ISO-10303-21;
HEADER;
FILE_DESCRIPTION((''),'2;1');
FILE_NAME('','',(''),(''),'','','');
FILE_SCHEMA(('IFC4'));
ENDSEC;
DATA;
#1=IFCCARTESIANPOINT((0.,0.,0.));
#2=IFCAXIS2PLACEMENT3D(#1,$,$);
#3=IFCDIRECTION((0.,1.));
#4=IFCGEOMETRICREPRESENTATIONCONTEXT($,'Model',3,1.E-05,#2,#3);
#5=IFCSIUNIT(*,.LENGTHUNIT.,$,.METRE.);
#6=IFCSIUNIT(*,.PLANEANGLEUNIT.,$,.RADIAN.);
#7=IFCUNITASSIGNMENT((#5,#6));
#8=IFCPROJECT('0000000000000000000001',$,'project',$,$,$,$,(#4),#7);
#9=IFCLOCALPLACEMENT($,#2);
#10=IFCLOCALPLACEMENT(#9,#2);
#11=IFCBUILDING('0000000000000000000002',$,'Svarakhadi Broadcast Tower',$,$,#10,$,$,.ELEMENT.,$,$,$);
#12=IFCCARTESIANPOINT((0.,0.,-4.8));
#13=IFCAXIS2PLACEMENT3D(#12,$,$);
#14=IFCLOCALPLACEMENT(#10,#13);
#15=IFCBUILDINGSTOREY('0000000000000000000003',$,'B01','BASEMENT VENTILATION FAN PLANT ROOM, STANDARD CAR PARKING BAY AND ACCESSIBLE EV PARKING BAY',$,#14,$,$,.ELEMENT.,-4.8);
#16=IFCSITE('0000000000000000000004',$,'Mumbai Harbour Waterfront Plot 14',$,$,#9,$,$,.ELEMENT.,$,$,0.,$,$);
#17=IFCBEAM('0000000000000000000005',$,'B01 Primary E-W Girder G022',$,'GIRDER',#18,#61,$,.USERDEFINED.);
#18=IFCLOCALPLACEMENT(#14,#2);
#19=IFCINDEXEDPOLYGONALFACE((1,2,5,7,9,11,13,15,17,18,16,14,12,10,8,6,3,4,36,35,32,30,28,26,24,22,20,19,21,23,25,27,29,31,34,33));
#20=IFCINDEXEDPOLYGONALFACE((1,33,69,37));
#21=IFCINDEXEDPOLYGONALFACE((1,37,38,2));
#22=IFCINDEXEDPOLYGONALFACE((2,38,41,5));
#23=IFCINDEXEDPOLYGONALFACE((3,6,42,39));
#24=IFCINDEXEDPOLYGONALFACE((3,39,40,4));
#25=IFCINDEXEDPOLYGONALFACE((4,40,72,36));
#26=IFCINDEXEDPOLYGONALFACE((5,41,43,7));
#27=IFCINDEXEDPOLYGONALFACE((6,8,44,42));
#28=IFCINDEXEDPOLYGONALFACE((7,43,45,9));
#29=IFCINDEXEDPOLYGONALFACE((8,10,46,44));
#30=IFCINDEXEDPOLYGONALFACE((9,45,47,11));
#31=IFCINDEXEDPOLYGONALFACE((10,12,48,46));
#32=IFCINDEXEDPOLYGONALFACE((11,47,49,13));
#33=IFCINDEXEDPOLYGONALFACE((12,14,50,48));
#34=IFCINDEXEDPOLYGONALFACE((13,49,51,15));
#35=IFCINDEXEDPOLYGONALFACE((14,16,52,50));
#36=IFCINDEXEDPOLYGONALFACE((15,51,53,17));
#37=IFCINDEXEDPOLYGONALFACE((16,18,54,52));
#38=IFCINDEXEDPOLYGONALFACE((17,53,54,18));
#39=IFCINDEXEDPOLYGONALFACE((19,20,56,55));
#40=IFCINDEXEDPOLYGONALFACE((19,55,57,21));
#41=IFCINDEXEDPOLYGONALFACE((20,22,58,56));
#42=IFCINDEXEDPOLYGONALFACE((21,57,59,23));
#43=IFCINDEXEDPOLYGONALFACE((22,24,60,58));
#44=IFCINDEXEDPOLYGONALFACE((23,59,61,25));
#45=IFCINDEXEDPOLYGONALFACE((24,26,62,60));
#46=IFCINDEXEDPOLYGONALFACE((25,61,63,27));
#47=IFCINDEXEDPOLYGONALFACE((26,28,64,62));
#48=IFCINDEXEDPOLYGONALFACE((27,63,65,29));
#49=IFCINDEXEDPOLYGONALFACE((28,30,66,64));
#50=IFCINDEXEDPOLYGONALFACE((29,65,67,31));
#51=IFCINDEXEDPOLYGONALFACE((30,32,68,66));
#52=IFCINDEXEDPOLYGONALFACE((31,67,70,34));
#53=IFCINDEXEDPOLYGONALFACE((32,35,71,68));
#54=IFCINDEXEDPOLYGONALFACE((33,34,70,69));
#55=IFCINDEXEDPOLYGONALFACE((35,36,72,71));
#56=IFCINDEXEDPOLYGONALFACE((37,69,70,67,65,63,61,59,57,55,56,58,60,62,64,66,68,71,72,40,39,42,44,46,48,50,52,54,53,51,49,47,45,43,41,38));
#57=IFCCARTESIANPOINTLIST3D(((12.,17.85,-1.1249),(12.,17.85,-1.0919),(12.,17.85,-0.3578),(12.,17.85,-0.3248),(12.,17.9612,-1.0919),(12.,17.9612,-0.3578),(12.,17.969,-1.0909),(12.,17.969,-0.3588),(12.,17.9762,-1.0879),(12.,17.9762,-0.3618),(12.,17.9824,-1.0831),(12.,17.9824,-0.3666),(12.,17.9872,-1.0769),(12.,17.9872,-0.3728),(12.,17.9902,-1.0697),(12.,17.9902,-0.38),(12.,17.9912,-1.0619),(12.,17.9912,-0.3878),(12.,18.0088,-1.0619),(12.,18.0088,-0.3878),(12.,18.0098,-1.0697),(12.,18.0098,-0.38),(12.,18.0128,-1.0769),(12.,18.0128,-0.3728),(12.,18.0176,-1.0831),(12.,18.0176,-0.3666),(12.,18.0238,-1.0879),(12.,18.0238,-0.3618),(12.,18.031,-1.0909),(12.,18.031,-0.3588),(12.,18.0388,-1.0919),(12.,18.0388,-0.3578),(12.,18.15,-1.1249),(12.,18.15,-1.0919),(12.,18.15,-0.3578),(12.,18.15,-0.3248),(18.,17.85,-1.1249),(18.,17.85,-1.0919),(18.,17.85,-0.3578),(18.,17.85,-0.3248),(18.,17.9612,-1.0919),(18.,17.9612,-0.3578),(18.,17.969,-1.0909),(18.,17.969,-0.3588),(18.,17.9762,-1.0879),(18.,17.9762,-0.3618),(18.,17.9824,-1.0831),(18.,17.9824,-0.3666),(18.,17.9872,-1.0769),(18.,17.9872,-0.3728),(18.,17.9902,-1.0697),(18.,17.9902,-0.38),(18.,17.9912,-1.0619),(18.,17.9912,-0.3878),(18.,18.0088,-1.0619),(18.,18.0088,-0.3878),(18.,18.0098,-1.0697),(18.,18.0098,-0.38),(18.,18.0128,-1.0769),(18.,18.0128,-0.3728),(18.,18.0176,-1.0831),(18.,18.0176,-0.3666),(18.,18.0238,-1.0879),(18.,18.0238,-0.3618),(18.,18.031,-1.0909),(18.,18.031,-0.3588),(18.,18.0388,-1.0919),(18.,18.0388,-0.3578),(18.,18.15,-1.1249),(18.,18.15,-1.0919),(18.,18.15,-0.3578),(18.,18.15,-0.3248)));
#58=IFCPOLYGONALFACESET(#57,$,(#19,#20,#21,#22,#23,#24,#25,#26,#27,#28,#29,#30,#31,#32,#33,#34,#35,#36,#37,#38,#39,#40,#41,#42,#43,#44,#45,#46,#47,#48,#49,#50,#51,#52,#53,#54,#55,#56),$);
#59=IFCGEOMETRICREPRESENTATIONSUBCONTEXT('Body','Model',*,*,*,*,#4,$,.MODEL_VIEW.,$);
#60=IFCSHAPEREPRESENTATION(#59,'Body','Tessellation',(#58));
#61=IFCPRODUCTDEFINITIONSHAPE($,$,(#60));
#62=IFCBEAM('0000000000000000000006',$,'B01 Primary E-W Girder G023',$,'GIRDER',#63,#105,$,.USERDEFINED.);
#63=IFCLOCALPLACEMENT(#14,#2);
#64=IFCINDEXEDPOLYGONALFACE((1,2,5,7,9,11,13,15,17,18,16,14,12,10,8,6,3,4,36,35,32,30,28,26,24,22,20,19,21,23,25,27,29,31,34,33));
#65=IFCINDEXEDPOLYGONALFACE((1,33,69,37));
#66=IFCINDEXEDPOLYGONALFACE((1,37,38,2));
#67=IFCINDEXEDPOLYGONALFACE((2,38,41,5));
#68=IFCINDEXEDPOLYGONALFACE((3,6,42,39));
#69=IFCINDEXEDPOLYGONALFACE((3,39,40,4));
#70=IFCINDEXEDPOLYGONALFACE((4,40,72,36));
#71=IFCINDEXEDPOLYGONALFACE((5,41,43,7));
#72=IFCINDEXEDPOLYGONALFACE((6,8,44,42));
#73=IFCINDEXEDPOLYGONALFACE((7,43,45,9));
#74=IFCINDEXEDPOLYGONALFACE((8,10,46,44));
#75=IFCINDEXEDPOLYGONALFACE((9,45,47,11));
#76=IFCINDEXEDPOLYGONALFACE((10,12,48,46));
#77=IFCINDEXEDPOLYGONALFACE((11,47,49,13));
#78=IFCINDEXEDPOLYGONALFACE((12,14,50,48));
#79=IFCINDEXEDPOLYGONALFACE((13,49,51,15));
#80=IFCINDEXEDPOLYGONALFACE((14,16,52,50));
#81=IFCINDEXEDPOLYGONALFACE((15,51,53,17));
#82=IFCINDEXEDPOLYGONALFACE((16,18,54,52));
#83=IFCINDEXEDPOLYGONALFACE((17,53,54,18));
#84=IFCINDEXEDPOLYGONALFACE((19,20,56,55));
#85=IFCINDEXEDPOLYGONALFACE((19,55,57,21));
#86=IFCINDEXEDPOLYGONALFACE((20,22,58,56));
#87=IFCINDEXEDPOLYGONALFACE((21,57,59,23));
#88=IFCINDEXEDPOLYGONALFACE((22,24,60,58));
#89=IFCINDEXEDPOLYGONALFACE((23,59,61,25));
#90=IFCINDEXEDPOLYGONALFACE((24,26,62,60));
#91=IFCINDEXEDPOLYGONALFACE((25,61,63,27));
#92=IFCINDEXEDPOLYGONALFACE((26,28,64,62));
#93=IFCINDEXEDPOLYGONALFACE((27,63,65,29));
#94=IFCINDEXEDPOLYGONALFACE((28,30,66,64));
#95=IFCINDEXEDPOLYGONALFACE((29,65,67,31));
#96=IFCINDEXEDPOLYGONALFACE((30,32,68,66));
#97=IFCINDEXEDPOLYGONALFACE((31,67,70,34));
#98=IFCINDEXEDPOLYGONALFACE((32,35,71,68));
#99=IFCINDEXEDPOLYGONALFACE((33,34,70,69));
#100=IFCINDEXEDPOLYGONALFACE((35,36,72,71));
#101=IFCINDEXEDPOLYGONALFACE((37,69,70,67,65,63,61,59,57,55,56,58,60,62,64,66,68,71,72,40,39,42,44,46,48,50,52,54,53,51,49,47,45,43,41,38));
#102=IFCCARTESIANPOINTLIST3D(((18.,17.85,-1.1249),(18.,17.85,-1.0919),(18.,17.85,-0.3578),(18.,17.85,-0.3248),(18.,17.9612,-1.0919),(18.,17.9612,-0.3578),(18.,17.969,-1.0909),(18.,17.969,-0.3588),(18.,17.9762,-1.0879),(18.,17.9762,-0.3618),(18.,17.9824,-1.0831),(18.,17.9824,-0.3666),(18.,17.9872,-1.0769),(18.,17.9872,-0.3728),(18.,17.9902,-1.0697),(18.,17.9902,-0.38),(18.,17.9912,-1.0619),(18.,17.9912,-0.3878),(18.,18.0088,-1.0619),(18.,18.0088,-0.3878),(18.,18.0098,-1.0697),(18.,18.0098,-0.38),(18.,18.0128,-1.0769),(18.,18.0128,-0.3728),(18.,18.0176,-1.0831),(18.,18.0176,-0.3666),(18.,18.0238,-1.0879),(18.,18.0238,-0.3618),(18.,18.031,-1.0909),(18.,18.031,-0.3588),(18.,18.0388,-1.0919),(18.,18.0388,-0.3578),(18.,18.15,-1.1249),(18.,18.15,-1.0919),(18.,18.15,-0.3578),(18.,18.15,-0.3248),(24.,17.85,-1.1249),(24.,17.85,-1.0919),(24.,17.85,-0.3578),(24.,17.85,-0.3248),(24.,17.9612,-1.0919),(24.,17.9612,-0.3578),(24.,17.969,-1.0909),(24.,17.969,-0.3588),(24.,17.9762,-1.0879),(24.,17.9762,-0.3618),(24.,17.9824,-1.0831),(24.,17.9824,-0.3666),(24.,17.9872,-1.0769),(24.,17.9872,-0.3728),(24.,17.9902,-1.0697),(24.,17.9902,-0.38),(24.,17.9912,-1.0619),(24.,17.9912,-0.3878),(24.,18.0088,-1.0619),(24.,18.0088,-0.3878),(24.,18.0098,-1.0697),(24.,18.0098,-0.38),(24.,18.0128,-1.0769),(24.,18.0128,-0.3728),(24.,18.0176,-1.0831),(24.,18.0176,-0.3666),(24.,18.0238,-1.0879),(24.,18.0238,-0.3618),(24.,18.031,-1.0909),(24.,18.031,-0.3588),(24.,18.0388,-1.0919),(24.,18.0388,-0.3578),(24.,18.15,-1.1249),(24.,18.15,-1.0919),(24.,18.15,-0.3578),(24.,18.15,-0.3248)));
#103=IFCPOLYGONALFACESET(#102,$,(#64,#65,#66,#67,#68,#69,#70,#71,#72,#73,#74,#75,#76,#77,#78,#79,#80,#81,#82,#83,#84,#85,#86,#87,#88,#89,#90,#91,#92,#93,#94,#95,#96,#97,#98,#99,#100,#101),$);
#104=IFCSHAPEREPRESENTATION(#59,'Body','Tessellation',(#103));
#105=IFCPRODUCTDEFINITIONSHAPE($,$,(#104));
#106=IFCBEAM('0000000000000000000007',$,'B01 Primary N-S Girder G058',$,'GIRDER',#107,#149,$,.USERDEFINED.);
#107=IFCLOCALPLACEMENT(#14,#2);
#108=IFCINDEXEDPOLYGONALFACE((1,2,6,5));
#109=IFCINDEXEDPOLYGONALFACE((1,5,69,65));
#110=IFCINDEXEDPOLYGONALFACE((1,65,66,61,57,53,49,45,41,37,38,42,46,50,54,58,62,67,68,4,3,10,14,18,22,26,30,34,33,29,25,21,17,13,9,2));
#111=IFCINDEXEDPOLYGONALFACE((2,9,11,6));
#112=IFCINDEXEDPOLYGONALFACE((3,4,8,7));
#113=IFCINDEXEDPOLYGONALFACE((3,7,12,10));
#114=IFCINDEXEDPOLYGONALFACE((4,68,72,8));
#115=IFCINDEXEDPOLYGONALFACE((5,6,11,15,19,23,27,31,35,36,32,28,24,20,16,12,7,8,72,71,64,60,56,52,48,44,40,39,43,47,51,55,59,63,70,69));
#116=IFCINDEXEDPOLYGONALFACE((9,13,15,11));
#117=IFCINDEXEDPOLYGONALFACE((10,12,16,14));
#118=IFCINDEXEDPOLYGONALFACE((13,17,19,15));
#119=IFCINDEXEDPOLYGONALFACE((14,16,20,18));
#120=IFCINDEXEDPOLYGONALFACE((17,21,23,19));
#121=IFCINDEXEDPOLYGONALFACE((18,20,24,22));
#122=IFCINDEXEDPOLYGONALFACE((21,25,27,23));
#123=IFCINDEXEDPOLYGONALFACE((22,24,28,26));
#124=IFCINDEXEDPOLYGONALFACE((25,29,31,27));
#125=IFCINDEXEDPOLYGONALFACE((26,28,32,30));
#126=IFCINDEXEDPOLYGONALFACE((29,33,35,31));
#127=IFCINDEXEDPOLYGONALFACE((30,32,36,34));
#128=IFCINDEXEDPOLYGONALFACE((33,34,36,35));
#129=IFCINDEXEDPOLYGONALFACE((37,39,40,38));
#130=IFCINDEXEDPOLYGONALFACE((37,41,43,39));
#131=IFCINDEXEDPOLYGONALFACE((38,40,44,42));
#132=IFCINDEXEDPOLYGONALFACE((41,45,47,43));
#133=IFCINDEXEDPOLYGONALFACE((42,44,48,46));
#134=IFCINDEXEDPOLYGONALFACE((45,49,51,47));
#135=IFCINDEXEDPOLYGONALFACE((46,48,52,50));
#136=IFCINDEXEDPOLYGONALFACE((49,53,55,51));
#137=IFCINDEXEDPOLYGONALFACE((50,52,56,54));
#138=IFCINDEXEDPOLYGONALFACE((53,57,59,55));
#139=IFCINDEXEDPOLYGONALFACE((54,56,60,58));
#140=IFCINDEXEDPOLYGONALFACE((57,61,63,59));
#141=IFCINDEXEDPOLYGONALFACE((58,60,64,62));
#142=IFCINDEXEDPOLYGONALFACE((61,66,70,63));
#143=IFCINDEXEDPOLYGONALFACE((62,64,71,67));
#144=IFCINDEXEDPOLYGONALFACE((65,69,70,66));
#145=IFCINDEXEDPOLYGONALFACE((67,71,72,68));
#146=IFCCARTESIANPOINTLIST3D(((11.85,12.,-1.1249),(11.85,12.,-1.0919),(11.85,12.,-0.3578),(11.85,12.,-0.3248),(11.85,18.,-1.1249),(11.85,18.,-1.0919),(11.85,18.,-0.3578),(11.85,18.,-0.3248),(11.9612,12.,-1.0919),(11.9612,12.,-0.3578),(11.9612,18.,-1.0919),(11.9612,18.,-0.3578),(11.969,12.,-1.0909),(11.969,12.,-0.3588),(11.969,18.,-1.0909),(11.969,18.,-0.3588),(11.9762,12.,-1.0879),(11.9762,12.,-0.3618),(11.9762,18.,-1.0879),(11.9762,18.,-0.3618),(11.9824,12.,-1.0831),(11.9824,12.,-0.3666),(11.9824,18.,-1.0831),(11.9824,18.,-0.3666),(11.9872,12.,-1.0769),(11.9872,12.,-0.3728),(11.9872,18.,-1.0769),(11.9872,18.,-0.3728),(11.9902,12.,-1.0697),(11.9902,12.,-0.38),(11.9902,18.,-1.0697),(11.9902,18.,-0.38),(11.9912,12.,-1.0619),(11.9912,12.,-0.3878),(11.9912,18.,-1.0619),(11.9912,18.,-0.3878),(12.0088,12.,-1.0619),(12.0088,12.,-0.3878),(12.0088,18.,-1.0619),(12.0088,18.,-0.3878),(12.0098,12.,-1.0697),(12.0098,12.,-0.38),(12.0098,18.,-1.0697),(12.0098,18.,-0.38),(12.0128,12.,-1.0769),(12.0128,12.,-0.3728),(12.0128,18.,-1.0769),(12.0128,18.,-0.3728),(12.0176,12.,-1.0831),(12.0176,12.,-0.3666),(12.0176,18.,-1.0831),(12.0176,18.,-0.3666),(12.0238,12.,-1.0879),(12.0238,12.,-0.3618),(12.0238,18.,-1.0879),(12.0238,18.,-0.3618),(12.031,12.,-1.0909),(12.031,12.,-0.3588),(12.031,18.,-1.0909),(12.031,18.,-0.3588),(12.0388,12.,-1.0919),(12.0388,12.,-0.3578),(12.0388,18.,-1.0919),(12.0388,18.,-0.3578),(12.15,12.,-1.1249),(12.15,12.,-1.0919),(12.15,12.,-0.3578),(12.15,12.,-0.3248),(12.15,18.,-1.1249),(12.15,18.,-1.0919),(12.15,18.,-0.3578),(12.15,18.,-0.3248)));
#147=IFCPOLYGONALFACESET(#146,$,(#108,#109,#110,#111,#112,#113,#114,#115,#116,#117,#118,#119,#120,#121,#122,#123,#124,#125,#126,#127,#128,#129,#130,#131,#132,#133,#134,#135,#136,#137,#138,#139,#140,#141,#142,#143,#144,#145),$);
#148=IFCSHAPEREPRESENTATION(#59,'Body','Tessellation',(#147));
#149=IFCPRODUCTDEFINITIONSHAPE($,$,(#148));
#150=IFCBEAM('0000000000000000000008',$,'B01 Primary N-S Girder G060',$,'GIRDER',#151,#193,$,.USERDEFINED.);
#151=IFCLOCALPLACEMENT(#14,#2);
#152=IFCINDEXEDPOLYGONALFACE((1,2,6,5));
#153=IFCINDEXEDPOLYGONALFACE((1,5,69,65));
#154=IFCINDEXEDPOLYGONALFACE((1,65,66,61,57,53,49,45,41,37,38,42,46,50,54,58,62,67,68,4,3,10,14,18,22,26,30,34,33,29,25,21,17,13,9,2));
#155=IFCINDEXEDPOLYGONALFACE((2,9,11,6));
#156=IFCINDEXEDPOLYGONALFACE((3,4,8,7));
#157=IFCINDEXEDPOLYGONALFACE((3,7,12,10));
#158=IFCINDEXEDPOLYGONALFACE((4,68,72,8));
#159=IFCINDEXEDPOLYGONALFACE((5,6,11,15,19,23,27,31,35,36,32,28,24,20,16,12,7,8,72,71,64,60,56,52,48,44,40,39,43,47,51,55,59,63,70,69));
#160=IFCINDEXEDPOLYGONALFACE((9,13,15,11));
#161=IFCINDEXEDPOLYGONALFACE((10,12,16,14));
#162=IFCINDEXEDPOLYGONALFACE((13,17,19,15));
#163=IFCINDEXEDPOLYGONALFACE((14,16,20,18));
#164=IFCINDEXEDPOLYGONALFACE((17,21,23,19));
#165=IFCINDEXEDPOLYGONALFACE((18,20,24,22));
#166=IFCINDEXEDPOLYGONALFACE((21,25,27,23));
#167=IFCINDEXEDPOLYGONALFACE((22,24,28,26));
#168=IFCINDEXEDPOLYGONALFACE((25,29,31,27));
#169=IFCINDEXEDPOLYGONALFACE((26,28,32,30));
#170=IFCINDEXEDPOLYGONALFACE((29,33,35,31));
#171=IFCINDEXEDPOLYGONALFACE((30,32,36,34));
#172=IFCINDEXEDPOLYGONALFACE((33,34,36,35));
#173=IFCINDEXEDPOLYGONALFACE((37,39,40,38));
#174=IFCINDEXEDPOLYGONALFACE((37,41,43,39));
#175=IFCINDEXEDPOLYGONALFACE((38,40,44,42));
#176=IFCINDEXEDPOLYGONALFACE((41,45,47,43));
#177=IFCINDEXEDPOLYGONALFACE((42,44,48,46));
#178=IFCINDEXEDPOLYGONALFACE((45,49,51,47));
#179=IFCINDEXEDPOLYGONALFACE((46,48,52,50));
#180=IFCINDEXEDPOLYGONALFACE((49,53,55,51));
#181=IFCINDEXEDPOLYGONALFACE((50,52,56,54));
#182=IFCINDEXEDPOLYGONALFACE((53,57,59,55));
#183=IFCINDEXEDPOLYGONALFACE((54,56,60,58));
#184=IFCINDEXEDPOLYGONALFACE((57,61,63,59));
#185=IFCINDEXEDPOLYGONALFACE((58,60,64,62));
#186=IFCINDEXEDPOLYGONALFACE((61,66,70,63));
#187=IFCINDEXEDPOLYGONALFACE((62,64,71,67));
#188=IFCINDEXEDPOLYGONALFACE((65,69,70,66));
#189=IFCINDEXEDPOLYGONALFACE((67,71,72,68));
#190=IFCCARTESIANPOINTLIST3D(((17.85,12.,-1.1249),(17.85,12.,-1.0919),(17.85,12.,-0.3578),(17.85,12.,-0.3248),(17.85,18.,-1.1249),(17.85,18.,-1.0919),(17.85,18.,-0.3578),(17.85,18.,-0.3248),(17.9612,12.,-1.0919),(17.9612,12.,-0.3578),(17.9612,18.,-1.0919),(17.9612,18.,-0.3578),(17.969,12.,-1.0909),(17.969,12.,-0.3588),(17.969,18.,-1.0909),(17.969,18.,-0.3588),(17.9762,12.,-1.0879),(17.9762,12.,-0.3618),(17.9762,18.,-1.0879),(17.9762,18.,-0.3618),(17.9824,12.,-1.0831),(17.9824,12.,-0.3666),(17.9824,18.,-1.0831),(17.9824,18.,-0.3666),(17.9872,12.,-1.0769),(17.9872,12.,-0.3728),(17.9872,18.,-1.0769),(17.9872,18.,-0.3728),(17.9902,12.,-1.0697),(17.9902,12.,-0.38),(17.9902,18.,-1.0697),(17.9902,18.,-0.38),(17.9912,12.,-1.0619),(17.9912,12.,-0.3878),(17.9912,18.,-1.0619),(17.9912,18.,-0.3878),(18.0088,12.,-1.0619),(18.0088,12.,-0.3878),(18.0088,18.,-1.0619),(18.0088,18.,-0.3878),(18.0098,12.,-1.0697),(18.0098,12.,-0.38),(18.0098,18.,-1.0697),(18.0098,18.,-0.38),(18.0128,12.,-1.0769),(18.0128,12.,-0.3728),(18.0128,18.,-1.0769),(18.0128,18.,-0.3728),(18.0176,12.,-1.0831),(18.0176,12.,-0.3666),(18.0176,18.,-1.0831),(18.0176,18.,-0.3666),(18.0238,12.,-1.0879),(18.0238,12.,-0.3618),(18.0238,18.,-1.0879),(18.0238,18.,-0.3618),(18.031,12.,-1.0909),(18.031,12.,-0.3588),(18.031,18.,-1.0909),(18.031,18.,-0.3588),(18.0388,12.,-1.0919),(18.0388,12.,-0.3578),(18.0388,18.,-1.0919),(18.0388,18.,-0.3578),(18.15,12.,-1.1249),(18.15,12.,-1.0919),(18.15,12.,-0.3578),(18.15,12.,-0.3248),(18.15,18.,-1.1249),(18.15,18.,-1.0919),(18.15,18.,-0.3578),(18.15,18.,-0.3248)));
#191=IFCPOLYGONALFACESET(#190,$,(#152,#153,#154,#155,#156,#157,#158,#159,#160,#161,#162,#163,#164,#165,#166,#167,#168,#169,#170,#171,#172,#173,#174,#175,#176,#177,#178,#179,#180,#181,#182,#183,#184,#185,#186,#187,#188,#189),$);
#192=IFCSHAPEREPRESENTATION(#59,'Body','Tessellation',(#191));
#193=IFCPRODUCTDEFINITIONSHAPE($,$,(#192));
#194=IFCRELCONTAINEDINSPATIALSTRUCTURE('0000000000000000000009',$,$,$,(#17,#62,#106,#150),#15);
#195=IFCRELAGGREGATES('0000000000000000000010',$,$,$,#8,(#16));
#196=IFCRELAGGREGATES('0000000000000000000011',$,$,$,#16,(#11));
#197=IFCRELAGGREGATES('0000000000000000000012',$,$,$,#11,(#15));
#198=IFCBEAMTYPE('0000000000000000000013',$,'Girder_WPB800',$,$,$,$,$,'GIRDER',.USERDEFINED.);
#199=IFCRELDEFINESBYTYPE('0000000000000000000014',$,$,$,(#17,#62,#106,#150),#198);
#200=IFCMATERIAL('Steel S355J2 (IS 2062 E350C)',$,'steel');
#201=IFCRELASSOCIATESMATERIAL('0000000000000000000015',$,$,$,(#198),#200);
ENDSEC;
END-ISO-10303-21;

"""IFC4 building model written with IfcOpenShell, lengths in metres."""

from ifc_helpers import new_model, si_unit, direction, frame, origin, origin_2d, place, context, subcontext, project, spatial, i_section, extrude, material, material_profile, profile_set, type_object, element, save


model = new_model("IFC4")

# Units and contexts
model_context = context("Model", 3, precision=1e-05, world=origin(), true_north=direction((0.0, 1.0)))
body_context = subcontext(model_context, "Body", "Model", "MODEL_VIEW")
ifc_project = project(units=[si_unit("LENGTHUNIT", "METRE"), si_unit("PLANEANGLEUNIT", "RADIAN")], contexts=[model_context])

# Site, building, storey
site_placement = place(None, origin())
site = spatial("IfcSite", under=ifc_project, at=site_placement, Name="Mumbai Harbour Waterfront Plot 14", CompositionType="ELEMENT", RefElevation=0.0)
building_placement = place(site_placement, origin())
building = spatial("IfcBuilding", under=site, at=building_placement, Name="Svarakhadi Broadcast Tower", CompositionType="ELEMENT")
storey_placement = place(building_placement, frame((0.0, 0.0, -4.8)))
storey = spatial("IfcBuildingStorey", under=building, at=storey_placement, Name="B01", Description="BASEMENT VENTILATION FAN PLANT ROOM, STANDARD CAR PARKING BAY AND ACCESSIBLE EV PARKING BAY", CompositionType="ELEMENT", Elevation=-4.8)

# Beams
ifc_material_1 = material(Name="Steel S355J2 (IS 2062 E350C)", Category="steel")
ifc_material_profile_1 = material_profile(ifc_material_1, i_section(OverallWidth=0.3, OverallDepth=0.8, WebThickness=0.0176, FlangeThickness=0.033, FilletRadius=0.03, at=origin_2d()), Name="WPB 800x300x262")
ifc_profile_set_1 = profile_set([ifc_material_profile_1], Name="Steel S355J2 (IS 2062 E350C)")
beam_type_1 = type_object("IfcBeamType", Name="Girder_WPB800", ElementType="GIRDER", PredefinedType="USERDEFINED", material=ifc_profile_set_1)
for number, where, z_axis, x_axis, name in (
    (1, (12.0, 18.0, -0.7249), (1.0, 0.0, 0.0), (0.0, 1.0, 0.0), "B01 Primary E-W Girder G022"),
    (2, (18.0, 18.0, -0.7249), (1.0, 0.0, 0.0), (0.0, 1.0, 0.0), "B01 Primary E-W Girder G023"),
    (3, (12.0, 12.0, -0.7249), (0.0, 1.0, 0.0), (-1.0, 0.0, 0.0), "B01 Primary N-S Girder G058"),
    (4, (18.0, 12.0, -0.7249), (0.0, 1.0, 0.0), (-1.0, 0.0, 0.0), "B01 Primary N-S Girder G060"),
):
    element("IfcBeam", number, at=place(storey_placement, frame(where, z_axis=z_axis, x_axis=x_axis)), inside=storey, type_object=beam_type_1, Name=name, ObjectType="GIRDER", PredefinedType="USERDEFINED", context=body_context, shape_type="SweptSolid", body=[
        extrude(i_section(OverallWidth=0.3, OverallDepth=0.8, WebThickness=0.0176, FlangeThickness=0.033, FilletRadius=0.03, at=origin_2d()), origin(), (0.0, 0.0, 1.0), 6.0),
    ])

save(model, "model.ifc")
